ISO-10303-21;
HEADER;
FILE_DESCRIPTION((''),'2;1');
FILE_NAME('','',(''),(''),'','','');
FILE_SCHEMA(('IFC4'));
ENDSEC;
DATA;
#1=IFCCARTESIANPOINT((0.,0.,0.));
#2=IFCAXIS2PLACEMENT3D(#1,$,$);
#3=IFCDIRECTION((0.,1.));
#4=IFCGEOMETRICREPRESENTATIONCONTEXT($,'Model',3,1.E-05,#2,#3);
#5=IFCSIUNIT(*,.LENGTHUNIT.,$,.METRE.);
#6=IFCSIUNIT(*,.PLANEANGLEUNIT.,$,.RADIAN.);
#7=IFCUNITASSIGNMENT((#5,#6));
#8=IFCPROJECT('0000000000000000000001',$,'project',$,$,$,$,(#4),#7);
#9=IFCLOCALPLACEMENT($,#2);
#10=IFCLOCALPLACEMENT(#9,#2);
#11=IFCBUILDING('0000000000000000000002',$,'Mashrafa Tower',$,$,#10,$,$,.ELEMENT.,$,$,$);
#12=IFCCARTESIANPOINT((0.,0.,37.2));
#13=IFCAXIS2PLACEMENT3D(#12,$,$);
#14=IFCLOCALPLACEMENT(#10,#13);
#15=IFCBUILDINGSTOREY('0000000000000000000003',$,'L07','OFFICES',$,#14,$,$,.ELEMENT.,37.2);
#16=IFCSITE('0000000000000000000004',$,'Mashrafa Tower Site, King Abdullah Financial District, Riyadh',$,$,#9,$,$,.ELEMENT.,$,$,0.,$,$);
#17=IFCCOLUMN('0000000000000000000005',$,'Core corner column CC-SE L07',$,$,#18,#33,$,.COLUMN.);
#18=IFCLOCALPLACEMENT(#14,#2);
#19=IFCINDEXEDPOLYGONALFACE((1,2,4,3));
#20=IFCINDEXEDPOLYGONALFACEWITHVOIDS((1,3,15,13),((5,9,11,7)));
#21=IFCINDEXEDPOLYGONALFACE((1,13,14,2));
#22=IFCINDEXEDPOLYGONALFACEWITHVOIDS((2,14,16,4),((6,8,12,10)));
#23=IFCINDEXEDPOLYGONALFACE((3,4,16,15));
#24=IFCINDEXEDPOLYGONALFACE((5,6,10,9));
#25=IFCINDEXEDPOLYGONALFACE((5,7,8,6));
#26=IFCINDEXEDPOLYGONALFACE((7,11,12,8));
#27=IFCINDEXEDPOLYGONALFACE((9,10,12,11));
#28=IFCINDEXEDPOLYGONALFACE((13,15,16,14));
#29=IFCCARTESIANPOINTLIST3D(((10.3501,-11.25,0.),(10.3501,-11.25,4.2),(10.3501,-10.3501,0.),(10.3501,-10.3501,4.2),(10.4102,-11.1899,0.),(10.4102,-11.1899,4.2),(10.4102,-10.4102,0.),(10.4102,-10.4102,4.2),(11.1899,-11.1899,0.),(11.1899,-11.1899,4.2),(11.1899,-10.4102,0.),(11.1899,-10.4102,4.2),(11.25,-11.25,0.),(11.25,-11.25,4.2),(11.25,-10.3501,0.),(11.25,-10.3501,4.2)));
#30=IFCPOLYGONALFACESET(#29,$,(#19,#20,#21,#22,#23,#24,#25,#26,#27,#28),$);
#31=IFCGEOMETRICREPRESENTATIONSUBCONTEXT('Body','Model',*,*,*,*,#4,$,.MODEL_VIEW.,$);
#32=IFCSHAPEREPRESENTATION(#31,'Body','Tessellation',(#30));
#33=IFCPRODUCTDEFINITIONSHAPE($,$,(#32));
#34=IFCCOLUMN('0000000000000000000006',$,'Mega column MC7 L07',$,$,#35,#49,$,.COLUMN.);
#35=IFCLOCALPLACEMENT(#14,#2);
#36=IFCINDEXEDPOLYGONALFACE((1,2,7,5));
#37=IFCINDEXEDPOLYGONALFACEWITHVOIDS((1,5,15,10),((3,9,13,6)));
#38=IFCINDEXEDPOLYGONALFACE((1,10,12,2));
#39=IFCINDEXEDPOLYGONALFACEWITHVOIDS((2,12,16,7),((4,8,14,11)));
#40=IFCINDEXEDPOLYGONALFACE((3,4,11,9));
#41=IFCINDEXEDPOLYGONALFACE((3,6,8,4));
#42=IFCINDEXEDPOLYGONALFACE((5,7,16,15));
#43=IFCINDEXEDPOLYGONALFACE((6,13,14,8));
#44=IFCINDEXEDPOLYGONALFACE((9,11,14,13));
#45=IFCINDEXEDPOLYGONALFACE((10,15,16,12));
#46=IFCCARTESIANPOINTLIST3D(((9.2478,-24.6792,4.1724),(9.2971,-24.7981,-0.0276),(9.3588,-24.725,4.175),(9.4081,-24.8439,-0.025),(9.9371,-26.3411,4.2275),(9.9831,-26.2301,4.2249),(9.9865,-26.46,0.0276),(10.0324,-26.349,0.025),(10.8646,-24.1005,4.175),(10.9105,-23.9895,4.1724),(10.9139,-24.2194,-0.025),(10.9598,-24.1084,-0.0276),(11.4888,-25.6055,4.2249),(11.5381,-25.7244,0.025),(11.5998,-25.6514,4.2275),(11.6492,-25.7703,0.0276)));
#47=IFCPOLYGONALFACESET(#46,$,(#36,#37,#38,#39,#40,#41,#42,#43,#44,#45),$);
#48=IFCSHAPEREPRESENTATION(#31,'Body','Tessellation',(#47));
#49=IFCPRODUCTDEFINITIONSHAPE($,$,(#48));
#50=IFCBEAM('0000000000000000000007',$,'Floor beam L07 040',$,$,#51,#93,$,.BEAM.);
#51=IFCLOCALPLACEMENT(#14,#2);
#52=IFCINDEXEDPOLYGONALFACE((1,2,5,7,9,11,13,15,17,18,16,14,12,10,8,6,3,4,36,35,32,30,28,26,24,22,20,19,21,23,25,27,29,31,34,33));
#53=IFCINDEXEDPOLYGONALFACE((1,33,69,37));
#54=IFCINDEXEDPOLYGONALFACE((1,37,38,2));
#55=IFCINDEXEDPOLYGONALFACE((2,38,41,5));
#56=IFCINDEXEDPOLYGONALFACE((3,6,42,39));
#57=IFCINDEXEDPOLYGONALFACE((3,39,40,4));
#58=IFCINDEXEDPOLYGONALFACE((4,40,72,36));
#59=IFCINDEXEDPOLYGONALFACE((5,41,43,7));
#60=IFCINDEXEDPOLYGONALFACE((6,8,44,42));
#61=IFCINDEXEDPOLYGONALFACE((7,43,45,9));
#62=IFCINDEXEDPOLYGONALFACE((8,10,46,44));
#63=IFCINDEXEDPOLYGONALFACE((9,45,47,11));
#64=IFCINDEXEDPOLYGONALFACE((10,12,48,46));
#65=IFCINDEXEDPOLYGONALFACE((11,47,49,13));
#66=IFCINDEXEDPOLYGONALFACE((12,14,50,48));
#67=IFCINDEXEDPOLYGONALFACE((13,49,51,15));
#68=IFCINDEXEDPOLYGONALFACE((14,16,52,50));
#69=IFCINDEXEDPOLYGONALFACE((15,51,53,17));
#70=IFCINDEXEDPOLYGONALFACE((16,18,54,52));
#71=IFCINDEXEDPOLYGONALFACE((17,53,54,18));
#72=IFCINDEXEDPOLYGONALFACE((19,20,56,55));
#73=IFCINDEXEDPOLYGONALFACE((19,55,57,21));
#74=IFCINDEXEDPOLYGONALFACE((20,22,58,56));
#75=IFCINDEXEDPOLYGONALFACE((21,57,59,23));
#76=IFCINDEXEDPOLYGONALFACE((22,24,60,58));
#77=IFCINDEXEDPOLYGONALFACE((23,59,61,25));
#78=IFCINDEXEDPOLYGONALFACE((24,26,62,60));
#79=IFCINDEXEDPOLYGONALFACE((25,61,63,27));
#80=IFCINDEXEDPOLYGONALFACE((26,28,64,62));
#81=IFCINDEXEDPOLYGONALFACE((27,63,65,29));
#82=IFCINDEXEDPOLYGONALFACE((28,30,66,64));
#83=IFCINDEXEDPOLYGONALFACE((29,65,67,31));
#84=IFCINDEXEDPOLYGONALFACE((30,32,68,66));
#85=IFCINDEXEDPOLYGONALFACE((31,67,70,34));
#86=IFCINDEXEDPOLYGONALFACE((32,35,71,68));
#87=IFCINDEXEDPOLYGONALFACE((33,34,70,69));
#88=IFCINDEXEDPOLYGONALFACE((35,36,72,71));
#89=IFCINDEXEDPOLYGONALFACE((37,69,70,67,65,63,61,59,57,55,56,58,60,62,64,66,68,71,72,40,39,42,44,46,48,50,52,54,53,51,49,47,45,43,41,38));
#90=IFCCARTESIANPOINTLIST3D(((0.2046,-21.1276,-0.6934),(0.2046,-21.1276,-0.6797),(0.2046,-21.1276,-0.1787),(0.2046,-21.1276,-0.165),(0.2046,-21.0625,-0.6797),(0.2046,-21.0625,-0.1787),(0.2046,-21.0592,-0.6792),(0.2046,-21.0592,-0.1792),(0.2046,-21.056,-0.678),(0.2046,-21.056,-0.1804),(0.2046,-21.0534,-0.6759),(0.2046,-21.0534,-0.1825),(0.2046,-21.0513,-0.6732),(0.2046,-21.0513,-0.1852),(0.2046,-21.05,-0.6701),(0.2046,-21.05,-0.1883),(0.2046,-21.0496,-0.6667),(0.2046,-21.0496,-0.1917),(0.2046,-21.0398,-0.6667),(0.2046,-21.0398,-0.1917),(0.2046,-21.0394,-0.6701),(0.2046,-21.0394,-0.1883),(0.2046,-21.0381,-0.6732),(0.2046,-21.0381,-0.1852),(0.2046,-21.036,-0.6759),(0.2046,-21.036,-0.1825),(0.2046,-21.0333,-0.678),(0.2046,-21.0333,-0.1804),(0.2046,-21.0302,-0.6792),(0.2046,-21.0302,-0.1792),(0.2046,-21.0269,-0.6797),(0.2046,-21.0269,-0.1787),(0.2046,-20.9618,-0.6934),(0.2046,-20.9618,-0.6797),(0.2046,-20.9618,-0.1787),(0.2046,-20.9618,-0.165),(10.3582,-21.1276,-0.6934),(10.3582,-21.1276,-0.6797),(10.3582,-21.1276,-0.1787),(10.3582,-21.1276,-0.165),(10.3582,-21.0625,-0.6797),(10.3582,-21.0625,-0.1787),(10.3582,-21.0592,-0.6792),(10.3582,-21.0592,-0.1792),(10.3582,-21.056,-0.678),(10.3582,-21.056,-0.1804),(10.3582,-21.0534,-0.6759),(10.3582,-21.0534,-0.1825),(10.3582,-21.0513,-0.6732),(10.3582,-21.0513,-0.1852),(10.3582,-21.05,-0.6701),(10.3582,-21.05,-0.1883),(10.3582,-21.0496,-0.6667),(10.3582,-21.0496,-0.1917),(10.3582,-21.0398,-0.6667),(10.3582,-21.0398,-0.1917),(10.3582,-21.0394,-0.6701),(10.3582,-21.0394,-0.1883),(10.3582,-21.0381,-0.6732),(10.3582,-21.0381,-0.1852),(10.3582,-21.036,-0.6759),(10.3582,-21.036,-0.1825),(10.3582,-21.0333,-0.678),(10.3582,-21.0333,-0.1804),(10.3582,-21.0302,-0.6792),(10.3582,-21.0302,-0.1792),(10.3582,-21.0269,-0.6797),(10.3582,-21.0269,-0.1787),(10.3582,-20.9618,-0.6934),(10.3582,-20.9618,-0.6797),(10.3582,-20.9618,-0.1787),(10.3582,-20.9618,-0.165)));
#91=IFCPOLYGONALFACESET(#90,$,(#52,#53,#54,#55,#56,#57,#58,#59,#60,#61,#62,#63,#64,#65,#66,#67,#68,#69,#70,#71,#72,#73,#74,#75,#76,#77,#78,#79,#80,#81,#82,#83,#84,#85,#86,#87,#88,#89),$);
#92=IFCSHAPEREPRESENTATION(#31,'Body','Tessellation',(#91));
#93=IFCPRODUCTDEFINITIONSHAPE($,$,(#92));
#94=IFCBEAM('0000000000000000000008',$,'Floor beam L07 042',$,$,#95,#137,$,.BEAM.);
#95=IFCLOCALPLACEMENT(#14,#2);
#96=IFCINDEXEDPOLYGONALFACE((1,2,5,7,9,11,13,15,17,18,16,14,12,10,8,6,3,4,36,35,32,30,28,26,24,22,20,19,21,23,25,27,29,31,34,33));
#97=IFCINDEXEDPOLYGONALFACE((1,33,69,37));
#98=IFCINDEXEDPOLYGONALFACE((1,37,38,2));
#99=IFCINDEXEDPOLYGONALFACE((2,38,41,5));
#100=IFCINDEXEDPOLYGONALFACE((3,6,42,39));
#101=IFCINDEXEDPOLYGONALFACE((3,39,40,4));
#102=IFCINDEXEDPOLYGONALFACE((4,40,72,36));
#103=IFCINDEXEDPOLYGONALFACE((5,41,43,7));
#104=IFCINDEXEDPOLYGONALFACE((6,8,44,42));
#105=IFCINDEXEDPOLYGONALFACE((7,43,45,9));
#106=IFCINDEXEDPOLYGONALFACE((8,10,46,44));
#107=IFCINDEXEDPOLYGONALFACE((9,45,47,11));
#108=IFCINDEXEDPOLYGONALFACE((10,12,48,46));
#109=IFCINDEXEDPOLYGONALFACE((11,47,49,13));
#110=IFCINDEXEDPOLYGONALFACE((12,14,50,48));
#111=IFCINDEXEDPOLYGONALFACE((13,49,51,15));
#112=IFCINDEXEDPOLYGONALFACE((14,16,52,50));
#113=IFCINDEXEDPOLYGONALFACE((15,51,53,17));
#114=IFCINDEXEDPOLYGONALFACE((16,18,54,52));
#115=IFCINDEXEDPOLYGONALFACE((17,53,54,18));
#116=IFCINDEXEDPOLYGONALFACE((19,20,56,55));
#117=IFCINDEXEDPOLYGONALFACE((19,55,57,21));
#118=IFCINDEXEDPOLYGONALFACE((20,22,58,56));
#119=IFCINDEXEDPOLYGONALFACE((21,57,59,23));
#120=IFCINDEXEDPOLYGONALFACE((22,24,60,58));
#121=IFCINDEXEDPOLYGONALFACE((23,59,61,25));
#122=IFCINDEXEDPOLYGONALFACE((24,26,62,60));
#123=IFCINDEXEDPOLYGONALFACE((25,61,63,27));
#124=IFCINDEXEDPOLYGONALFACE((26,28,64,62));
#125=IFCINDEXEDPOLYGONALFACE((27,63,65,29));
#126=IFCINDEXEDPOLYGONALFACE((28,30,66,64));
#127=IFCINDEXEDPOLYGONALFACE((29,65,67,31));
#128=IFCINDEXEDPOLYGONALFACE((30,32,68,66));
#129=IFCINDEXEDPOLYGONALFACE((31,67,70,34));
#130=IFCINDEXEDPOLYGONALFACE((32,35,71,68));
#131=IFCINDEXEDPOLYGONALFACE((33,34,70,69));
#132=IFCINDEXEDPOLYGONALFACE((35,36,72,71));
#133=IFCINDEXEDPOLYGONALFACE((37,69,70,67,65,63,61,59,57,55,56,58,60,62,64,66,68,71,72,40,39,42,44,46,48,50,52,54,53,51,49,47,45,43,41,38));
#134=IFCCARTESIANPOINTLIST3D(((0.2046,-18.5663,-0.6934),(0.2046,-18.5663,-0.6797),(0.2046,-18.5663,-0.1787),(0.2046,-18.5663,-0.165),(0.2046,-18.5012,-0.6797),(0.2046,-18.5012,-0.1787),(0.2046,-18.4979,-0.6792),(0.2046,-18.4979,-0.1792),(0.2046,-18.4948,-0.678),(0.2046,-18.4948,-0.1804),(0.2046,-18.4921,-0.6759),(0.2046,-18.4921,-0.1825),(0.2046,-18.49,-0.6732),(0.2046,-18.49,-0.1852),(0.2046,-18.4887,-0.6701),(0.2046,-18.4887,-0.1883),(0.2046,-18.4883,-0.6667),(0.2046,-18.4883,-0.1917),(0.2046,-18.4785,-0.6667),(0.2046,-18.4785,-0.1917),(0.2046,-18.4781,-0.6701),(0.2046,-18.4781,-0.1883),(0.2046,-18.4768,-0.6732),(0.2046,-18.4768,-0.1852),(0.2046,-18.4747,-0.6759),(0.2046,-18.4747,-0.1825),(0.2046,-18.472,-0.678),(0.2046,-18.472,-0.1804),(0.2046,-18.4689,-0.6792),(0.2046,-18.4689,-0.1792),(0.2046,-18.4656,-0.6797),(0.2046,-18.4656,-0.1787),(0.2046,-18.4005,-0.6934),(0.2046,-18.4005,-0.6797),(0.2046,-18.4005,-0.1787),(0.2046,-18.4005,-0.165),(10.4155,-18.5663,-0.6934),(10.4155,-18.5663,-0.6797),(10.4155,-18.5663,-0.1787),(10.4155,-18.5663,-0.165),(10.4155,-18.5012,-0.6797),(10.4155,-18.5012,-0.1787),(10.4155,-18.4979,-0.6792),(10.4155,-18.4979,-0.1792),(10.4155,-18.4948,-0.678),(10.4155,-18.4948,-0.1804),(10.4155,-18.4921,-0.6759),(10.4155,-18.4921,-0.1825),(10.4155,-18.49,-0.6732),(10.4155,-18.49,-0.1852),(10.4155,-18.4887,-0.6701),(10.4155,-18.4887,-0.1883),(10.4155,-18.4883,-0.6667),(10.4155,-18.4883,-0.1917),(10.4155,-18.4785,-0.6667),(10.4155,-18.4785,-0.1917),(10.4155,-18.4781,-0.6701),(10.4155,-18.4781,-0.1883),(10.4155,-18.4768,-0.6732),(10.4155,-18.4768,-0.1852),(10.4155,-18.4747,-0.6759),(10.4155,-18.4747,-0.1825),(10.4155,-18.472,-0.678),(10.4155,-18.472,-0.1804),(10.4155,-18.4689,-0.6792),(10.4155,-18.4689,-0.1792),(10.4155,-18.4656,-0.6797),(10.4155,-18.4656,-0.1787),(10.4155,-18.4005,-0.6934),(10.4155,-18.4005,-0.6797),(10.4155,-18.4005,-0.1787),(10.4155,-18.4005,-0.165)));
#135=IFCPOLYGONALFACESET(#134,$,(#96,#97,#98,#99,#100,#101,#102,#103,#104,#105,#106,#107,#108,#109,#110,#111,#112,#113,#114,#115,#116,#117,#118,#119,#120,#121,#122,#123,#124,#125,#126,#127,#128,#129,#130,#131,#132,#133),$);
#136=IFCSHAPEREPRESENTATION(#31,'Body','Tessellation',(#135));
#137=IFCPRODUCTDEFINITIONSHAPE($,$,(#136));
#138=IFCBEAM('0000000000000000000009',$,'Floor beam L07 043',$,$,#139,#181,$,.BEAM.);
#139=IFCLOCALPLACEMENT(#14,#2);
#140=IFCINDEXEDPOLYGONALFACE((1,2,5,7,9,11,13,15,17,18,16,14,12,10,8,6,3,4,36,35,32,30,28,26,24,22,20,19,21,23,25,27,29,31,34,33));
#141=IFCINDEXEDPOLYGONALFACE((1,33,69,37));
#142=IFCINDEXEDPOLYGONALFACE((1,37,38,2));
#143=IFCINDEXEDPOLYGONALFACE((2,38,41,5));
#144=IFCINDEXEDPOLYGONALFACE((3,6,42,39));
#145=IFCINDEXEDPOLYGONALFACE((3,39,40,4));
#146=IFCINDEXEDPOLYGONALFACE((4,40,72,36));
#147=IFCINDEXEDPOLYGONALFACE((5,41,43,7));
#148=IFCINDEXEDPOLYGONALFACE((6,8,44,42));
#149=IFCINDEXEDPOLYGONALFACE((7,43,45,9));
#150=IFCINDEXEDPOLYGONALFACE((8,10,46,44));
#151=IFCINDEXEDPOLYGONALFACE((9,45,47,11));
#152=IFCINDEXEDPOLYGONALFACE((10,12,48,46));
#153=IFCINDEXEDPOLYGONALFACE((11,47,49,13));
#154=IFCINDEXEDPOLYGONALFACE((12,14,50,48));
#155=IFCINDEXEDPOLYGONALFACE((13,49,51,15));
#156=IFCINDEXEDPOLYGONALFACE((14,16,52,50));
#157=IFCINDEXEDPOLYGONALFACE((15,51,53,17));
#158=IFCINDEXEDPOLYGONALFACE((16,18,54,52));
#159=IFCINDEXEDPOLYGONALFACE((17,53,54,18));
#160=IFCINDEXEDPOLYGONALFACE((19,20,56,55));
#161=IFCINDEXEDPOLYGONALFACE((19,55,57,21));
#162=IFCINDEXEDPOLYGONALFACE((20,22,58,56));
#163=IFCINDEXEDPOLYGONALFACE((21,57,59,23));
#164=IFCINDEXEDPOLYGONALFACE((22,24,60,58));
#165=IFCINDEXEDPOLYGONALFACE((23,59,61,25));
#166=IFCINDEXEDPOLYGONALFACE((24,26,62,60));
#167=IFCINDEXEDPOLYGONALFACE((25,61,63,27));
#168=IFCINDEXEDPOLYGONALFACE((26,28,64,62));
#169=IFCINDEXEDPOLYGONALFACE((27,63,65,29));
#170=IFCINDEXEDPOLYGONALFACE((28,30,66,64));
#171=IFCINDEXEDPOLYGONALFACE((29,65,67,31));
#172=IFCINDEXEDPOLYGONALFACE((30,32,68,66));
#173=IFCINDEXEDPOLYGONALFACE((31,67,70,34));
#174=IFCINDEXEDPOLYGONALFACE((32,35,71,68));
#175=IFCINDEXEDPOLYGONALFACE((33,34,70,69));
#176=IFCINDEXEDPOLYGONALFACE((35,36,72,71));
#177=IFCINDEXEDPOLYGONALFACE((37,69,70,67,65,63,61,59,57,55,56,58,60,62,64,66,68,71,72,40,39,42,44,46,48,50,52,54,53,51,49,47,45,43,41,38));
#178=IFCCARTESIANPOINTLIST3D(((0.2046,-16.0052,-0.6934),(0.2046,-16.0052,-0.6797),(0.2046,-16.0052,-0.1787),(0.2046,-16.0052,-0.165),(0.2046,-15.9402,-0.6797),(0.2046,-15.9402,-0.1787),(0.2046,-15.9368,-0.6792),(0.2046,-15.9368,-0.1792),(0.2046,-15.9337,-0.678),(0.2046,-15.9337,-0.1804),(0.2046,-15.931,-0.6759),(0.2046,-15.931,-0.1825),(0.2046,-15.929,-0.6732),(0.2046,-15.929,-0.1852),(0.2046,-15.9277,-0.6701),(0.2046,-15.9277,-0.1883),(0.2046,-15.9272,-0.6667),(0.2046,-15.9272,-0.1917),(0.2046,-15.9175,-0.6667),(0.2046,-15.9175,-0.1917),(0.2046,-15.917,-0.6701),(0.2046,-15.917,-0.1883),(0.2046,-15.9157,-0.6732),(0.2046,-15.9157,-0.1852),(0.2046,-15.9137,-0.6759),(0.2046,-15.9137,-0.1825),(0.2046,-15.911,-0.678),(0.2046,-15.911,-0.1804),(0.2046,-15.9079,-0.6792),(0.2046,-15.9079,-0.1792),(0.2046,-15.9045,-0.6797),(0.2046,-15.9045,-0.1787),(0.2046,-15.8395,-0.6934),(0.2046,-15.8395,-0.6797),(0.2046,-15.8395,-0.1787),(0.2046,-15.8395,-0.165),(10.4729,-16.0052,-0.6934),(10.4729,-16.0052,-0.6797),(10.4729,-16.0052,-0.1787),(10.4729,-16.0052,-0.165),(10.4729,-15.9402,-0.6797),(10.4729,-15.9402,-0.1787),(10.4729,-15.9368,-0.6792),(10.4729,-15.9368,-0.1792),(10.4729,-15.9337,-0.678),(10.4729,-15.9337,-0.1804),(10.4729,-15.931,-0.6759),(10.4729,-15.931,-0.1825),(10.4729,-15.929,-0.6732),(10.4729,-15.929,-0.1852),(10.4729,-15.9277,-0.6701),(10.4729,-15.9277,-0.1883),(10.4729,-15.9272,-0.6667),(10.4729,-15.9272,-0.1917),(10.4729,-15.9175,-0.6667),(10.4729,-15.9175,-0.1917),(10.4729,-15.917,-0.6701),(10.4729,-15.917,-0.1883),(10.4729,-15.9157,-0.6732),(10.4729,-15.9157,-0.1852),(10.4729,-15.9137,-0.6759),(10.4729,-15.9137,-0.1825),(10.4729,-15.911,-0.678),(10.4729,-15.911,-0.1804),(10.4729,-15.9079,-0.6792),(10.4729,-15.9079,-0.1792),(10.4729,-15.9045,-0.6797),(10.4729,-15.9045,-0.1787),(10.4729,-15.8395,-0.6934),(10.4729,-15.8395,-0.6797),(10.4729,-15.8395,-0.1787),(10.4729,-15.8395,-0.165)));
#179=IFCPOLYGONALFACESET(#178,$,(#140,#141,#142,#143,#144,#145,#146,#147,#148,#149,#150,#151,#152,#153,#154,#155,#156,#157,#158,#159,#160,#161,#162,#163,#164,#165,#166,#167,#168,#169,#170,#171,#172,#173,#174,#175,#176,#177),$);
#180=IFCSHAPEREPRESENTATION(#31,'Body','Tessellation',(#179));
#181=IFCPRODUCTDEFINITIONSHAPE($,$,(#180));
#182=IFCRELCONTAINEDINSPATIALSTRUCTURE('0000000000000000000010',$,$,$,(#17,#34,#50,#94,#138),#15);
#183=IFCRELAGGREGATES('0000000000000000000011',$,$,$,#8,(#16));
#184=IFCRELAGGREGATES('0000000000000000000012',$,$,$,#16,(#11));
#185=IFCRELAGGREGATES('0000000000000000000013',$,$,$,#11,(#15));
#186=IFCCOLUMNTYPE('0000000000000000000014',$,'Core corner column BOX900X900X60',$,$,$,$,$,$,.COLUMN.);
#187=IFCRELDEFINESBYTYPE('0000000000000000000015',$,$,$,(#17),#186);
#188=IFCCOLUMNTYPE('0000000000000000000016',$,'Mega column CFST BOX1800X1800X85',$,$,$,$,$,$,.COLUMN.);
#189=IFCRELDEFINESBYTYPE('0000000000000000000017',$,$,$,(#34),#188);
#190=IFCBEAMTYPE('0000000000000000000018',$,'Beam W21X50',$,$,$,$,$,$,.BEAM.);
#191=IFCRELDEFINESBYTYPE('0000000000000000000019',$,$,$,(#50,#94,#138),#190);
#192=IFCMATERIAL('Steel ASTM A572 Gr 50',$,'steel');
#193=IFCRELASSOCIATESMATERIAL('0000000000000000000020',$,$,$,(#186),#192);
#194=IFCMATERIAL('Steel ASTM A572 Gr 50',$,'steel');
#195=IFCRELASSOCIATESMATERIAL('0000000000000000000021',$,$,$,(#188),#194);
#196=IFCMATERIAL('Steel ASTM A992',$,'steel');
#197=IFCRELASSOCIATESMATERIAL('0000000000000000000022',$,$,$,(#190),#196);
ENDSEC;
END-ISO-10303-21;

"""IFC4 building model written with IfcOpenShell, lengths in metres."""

from ifc_helpers import new_model, si_unit, direction, frame, origin, origin_2d, place, context, subcontext, project, spatial, hollow_rectangle, i_section, extrude, material, material_profile, profile_set, type_object, element, save


model = new_model("IFC4")

# Units and contexts
model_context = context("Model", 3, precision=1e-05, world=origin(), true_north=direction((0.0, 1.0)))
body_context = subcontext(model_context, "Body", "Model", "MODEL_VIEW")
ifc_project = project(units=[si_unit("LENGTHUNIT", "METRE"), si_unit("PLANEANGLEUNIT", "RADIAN")], contexts=[model_context])

# Site, building, storey
site_placement = place(None, origin())
site = spatial("IfcSite", under=ifc_project, at=site_placement, Name="Mashrafa Tower Site, King Abdullah Financial District, Riyadh", CompositionType="ELEMENT", RefElevation=0.0)
building_placement = place(site_placement, origin())
building = spatial("IfcBuilding", under=site, at=building_placement, Name="Mashrafa Tower", CompositionType="ELEMENT")
storey_placement = place(building_placement, frame((0.0, 0.0, 37.2)))
storey = spatial("IfcBuildingStorey", under=building, at=storey_placement, Name="L07", Description="OFFICES", CompositionType="ELEMENT", Elevation=37.2)

# Columns
ifc_material_1 = material(Name="Steel ASTM A572 Gr 50", Category="steel")
ifc_material_profile_1 = material_profile(ifc_material_1, hollow_rectangle(XDim=0.8999, YDim=0.8999, WallThickness=0.0601, at=origin_2d()), Name="BOX900X900X60")
ifc_profile_set_1 = profile_set([ifc_material_profile_1], Name="Steel ASTM A572 Gr 50")
column_type_1 = type_object("IfcColumnType", Name="Core corner column BOX900X900X60", PredefinedType="COLUMN", material=ifc_profile_set_1)
column_1_placement = place(storey_placement, frame((10.8, -10.8, 0.0), z_axis=(0.0, 0.0, 1.0), x_axis=(1.0, 0.0, 0.0)))
element("IfcColumn", 1, at=column_1_placement, inside=storey, type_object=column_type_1, Name="Core corner column CC-SE L07", PredefinedType="COLUMN", context=body_context, shape_type="SweptSolid", body=[
    extrude(hollow_rectangle(XDim=0.8999, YDim=0.8999, WallThickness=0.0601, at=origin_2d()), origin(), (0.0, 0.0, 1.0), 4.2),
])
ifc_material_2 = material(Name="Steel ASTM A572 Gr 50", Category="steel")
ifc_material_profile_2 = material_profile(ifc_material_2, hollow_rectangle(XDim=1.8, YDim=1.8, WallThickness=0.085, at=origin_2d()), Name="BOX1800X1800X85")
ifc_profile_set_2 = profile_set([ifc_material_profile_2], Name="Steel ASTM A572 Gr 50")
column_type_2 = type_object("IfcColumnType", Name="Mega column CFST BOX1800X1800X85", PredefinedType="COLUMN", material=ifc_profile_set_2)
column_2_placement = place(storey_placement, frame((10.4731, -25.2842, 0.0), z_axis=(-0.011737, 0.028296, 0.999531), x_axis=(-0.923693, -0.383133, 0.0)))
element("IfcColumn", 2, at=column_2_placement, inside=storey, type_object=column_type_2, Name="Mega column MC7 L07", PredefinedType="COLUMN", context=body_context, shape_type="SweptSolid", body=[
    extrude(hollow_rectangle(XDim=1.8, YDim=1.8, WallThickness=0.085, at=origin_2d()), origin(), (0.0, 0.0, 1.0), 4.2019),
])

# Beams
ifc_material_3 = material(Name="Steel ASTM A992", Category="steel")
ifc_material_profile_3 = material_profile(ifc_material_3, i_section(OverallWidth=0.1658, OverallDepth=0.5283, WebThickness=0.0098, FlangeThickness=0.0137, FilletRadius=0.0129, at=origin_2d()), Name="W21X50")
ifc_profile_set_3 = profile_set([ifc_material_profile_3], Name="Steel ASTM A992")
beam_type_1 = type_object("IfcBeamType", Name="Beam W21X50", PredefinedType="BEAM", material=ifc_profile_set_3)
beam_1_placement = place(storey_placement, frame((10.3582, -21.0447, -0.4292), z_axis=(-1.0, 0.0, 0.0), x_axis=(0.0, -1.0, 0.0)))
element("IfcBeam", 3, at=beam_1_placement, inside=storey, type_object=beam_type_1, Name="Floor beam L07 040", PredefinedType="BEAM", context=body_context, shape_type="SweptSolid", body=[
    extrude(i_section(OverallWidth=0.1658, OverallDepth=0.5283, WebThickness=0.0098, FlangeThickness=0.0137, FilletRadius=0.0129, at=origin_2d()), origin(), (0.0, 0.0, 1.0), 10.1536),
])
beam_2_placement = place(storey_placement, frame((10.4155, -18.4834, -0.4292), z_axis=(-1.0, 0.0, 0.0), x_axis=(0.0, -1.0, 0.0)))
element("IfcBeam", 4, at=beam_2_placement, inside=storey, type_object=beam_type_1, Name="Floor beam L07 042", PredefinedType="BEAM", context=body_context, shape_type="SweptSolid", body=[
    extrude(i_section(OverallWidth=0.1658, OverallDepth=0.5283, WebThickness=0.0098, FlangeThickness=0.0137, FilletRadius=0.0129, at=origin_2d()), origin(), (0.0, 0.0, 1.0), 10.2109),
])
beam_3_placement = place(storey_placement, frame((10.4729, -15.9224, -0.4292), z_axis=(-1.0, 0.0, 0.0), x_axis=(0.0, -1.0, 0.0)))
element("IfcBeam", 5, at=beam_3_placement, inside=storey, type_object=beam_type_1, Name="Floor beam L07 043", PredefinedType="BEAM", context=body_context, shape_type="SweptSolid", body=[
    extrude(i_section(OverallWidth=0.1658, OverallDepth=0.5283, WebThickness=0.0098, FlangeThickness=0.0137, FilletRadius=0.0129, at=origin_2d()), origin(), (0.0, 0.0, 1.0), 10.2683),
])

save(model, "model.ifc")
